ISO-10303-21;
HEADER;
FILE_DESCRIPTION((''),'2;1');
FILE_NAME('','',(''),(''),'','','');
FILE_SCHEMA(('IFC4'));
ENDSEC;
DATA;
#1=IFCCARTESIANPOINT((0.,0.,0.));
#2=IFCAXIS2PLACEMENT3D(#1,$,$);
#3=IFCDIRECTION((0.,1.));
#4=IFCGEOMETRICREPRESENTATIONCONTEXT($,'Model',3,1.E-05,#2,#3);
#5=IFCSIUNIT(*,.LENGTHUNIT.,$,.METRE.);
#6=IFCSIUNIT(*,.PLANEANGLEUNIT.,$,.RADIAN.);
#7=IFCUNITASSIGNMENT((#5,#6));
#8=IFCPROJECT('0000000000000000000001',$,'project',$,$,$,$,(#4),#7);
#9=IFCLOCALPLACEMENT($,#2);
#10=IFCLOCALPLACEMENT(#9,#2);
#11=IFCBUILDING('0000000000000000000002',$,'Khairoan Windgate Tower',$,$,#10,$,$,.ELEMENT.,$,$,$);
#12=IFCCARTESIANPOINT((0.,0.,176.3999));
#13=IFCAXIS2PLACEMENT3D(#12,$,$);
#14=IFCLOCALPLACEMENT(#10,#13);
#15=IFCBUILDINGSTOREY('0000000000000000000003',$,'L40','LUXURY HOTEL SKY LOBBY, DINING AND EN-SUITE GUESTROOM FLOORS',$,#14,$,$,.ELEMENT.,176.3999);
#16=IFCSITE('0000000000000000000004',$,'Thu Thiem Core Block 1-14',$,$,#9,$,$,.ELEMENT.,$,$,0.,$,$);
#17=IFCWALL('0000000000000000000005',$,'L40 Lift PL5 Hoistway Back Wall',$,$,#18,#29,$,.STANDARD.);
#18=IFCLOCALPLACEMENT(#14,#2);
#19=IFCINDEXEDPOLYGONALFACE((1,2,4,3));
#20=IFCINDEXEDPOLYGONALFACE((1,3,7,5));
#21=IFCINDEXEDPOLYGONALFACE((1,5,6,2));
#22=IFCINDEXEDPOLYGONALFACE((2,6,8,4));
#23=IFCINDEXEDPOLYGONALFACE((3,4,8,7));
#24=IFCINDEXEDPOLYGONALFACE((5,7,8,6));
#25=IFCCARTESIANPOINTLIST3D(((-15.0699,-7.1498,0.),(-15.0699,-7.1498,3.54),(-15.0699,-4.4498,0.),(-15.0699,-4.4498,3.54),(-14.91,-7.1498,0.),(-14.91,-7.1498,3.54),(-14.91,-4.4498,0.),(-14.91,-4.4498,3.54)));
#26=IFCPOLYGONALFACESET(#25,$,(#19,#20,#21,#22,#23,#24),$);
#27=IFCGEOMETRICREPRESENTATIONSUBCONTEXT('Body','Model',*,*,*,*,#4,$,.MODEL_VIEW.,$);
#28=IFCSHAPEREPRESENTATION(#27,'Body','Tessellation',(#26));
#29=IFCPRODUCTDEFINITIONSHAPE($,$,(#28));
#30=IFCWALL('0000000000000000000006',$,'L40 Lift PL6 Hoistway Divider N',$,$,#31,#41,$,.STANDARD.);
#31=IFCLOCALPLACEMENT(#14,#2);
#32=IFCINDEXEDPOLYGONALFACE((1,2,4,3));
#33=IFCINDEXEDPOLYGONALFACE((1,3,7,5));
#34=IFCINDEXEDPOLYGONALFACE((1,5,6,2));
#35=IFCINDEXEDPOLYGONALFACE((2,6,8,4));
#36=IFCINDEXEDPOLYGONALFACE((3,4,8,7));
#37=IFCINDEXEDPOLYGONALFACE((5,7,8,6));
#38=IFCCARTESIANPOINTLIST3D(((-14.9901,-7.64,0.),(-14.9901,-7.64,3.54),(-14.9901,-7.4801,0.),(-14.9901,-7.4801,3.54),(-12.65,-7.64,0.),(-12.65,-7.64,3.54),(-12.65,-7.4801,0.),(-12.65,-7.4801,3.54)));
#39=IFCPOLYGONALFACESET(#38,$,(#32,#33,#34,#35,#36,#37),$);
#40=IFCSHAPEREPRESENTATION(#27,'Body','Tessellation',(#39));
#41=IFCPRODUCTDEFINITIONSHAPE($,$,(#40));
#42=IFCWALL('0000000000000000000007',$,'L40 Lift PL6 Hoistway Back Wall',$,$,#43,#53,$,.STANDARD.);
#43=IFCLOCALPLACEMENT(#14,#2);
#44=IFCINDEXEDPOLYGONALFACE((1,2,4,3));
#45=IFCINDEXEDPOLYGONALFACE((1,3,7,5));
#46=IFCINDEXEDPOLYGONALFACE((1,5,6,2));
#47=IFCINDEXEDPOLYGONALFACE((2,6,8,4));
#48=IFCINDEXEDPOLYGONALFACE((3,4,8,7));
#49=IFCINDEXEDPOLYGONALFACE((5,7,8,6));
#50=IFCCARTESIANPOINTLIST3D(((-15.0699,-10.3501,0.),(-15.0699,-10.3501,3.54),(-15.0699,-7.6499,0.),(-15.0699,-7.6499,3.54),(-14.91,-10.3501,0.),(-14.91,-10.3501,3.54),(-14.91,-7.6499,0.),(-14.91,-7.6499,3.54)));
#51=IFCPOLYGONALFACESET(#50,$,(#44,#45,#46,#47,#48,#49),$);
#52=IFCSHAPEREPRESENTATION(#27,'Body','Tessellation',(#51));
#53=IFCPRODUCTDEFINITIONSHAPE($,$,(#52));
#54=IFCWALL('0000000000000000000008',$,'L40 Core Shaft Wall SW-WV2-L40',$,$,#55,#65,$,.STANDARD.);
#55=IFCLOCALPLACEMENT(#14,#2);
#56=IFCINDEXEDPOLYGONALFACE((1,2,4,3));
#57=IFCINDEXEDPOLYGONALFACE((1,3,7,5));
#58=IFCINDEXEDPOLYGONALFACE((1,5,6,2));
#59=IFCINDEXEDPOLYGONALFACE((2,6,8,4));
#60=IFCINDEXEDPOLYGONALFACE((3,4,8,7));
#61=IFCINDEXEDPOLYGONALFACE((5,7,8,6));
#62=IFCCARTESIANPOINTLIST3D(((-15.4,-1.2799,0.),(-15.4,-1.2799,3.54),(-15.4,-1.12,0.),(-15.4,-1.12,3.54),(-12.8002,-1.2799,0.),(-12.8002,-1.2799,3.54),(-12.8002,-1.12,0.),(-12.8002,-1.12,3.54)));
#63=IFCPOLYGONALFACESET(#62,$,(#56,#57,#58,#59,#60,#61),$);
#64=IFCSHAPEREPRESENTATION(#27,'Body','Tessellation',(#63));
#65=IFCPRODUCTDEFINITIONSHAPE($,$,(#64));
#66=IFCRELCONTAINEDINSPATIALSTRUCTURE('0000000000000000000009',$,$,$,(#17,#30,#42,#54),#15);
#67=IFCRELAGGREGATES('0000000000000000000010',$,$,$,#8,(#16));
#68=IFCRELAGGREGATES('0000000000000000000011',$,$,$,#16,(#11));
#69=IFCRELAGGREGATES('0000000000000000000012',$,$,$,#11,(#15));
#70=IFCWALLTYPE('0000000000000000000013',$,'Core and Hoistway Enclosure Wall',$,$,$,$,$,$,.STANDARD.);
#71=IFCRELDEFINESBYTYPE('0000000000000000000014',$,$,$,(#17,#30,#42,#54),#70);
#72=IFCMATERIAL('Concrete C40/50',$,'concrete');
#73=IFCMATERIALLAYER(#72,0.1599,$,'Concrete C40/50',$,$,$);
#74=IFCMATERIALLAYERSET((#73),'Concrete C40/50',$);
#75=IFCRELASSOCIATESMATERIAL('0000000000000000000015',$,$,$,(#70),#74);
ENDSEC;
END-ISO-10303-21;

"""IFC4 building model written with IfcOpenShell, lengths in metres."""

from ifc_helpers import new_model, si_unit, direction, frame, frame_2d, origin, place, context, subcontext, project, spatial, rectangle, extrude, material, layer, layer_set, type_object, element, save


model = new_model("IFC4")

# Units and contexts
model_context = context("Model", 3, precision=1e-05, world=origin(), true_north=direction((0.0, 1.0)))
body_context = subcontext(model_context, "Body", "Model", "MODEL_VIEW")
ifc_project = project(units=[si_unit("LENGTHUNIT", "METRE"), si_unit("PLANEANGLEUNIT", "RADIAN")], contexts=[model_context])

# Site, building, storey
site_placement = place(None, origin())
site = spatial("IfcSite", under=ifc_project, at=site_placement, Name="Thu Thiem Core Block 1-14", CompositionType="ELEMENT", RefElevation=0.0)
building_placement = place(site_placement, origin())
building = spatial("IfcBuilding", under=site, at=building_placement, Name="Khairoan Windgate Tower", CompositionType="ELEMENT")
storey_placement = place(building_placement, frame((0.0, 0.0, 176.3999)))
storey = spatial("IfcBuildingStorey", under=building, at=storey_placement, Name="L40", Description="LUXURY HOTEL SKY LOBBY, DINING AND EN-SUITE GUESTROOM FLOORS", CompositionType="ELEMENT", Elevation=176.3999)

# Walls
ifc_material_1 = material(Name="Concrete C40/50", Category="concrete")
ifc_layer = layer(ifc_material_1, 0.1599, Name="Concrete C40/50")
ifc_layer_set = layer_set([ifc_layer], Name="Concrete C40/50")
wall_type = type_object("IfcWallType", Name="Core and Hoistway Enclosure Wall", PredefinedType="STANDARD", material=ifc_layer_set)
wall_1_placement = place(storey_placement, frame((-14.99, -7.1499, 0.0), z_axis=(0.0, 0.0, 1.0), x_axis=(0.0, 1.0, 0.0)))
element("IfcWall", 1, at=wall_1_placement, inside=storey, type_object=wall_type, Name="L40 Lift PL5 Hoistway Back Wall", PredefinedType="STANDARD", context=body_context, shape_type="SweptSolid", body=[
    extrude(rectangle(XDim=2.7, YDim=0.1599, at=frame_2d((1.3501, 0.0))), origin(), (0.0, 0.0, 1.0), 3.54),
])
wall_2_placement = place(storey_placement, frame((-14.99, -7.5601, 0.0), z_axis=(0.0, 0.0, 1.0), x_axis=(1.0, 0.0, 0.0)))
element("IfcWall", 2, at=wall_2_placement, inside=storey, type_object=wall_type, Name="L40 Lift PL6 Hoistway Divider N", PredefinedType="STANDARD", context=body_context, shape_type="SweptSolid", body=[
    extrude(rectangle(XDim=2.3401, YDim=0.1599, at=frame_2d((1.1699, 0.0))), origin(), (0.0, 0.0, 1.0), 3.54),
])
wall_3_placement = place(storey_placement, frame((-14.99, -10.3501, 0.0), z_axis=(0.0, 0.0, 1.0), x_axis=(0.0, 1.0, 0.0)))
element("IfcWall", 3, at=wall_3_placement, inside=storey, type_object=wall_type, Name="L40 Lift PL6 Hoistway Back Wall", PredefinedType="STANDARD", context=body_context, shape_type="SweptSolid", body=[
    extrude(rectangle(XDim=2.7002, YDim=0.1599, at=frame_2d((1.3501, 0.0))), origin(), (0.0, 0.0, 1.0), 3.54),
])
wall_4_placement = place(storey_placement, frame((-15.3999, -1.2, 0.0), z_axis=(0.0, 0.0, 1.0), x_axis=(1.0, 0.0, 0.0)))
element("IfcWall", 4, at=wall_4_placement, inside=storey, type_object=wall_type, Name="L40 Core Shaft Wall SW-WV2-L40", PredefinedType="STANDARD", context=body_context, shape_type="SweptSolid", body=[
    extrude(rectangle(XDim=2.5999, YDim=0.1599, at=frame_2d((1.2998, 0.0))), origin(), (0.0, 0.0, 1.0), 3.54),
])

save(model, "model.ifc")
